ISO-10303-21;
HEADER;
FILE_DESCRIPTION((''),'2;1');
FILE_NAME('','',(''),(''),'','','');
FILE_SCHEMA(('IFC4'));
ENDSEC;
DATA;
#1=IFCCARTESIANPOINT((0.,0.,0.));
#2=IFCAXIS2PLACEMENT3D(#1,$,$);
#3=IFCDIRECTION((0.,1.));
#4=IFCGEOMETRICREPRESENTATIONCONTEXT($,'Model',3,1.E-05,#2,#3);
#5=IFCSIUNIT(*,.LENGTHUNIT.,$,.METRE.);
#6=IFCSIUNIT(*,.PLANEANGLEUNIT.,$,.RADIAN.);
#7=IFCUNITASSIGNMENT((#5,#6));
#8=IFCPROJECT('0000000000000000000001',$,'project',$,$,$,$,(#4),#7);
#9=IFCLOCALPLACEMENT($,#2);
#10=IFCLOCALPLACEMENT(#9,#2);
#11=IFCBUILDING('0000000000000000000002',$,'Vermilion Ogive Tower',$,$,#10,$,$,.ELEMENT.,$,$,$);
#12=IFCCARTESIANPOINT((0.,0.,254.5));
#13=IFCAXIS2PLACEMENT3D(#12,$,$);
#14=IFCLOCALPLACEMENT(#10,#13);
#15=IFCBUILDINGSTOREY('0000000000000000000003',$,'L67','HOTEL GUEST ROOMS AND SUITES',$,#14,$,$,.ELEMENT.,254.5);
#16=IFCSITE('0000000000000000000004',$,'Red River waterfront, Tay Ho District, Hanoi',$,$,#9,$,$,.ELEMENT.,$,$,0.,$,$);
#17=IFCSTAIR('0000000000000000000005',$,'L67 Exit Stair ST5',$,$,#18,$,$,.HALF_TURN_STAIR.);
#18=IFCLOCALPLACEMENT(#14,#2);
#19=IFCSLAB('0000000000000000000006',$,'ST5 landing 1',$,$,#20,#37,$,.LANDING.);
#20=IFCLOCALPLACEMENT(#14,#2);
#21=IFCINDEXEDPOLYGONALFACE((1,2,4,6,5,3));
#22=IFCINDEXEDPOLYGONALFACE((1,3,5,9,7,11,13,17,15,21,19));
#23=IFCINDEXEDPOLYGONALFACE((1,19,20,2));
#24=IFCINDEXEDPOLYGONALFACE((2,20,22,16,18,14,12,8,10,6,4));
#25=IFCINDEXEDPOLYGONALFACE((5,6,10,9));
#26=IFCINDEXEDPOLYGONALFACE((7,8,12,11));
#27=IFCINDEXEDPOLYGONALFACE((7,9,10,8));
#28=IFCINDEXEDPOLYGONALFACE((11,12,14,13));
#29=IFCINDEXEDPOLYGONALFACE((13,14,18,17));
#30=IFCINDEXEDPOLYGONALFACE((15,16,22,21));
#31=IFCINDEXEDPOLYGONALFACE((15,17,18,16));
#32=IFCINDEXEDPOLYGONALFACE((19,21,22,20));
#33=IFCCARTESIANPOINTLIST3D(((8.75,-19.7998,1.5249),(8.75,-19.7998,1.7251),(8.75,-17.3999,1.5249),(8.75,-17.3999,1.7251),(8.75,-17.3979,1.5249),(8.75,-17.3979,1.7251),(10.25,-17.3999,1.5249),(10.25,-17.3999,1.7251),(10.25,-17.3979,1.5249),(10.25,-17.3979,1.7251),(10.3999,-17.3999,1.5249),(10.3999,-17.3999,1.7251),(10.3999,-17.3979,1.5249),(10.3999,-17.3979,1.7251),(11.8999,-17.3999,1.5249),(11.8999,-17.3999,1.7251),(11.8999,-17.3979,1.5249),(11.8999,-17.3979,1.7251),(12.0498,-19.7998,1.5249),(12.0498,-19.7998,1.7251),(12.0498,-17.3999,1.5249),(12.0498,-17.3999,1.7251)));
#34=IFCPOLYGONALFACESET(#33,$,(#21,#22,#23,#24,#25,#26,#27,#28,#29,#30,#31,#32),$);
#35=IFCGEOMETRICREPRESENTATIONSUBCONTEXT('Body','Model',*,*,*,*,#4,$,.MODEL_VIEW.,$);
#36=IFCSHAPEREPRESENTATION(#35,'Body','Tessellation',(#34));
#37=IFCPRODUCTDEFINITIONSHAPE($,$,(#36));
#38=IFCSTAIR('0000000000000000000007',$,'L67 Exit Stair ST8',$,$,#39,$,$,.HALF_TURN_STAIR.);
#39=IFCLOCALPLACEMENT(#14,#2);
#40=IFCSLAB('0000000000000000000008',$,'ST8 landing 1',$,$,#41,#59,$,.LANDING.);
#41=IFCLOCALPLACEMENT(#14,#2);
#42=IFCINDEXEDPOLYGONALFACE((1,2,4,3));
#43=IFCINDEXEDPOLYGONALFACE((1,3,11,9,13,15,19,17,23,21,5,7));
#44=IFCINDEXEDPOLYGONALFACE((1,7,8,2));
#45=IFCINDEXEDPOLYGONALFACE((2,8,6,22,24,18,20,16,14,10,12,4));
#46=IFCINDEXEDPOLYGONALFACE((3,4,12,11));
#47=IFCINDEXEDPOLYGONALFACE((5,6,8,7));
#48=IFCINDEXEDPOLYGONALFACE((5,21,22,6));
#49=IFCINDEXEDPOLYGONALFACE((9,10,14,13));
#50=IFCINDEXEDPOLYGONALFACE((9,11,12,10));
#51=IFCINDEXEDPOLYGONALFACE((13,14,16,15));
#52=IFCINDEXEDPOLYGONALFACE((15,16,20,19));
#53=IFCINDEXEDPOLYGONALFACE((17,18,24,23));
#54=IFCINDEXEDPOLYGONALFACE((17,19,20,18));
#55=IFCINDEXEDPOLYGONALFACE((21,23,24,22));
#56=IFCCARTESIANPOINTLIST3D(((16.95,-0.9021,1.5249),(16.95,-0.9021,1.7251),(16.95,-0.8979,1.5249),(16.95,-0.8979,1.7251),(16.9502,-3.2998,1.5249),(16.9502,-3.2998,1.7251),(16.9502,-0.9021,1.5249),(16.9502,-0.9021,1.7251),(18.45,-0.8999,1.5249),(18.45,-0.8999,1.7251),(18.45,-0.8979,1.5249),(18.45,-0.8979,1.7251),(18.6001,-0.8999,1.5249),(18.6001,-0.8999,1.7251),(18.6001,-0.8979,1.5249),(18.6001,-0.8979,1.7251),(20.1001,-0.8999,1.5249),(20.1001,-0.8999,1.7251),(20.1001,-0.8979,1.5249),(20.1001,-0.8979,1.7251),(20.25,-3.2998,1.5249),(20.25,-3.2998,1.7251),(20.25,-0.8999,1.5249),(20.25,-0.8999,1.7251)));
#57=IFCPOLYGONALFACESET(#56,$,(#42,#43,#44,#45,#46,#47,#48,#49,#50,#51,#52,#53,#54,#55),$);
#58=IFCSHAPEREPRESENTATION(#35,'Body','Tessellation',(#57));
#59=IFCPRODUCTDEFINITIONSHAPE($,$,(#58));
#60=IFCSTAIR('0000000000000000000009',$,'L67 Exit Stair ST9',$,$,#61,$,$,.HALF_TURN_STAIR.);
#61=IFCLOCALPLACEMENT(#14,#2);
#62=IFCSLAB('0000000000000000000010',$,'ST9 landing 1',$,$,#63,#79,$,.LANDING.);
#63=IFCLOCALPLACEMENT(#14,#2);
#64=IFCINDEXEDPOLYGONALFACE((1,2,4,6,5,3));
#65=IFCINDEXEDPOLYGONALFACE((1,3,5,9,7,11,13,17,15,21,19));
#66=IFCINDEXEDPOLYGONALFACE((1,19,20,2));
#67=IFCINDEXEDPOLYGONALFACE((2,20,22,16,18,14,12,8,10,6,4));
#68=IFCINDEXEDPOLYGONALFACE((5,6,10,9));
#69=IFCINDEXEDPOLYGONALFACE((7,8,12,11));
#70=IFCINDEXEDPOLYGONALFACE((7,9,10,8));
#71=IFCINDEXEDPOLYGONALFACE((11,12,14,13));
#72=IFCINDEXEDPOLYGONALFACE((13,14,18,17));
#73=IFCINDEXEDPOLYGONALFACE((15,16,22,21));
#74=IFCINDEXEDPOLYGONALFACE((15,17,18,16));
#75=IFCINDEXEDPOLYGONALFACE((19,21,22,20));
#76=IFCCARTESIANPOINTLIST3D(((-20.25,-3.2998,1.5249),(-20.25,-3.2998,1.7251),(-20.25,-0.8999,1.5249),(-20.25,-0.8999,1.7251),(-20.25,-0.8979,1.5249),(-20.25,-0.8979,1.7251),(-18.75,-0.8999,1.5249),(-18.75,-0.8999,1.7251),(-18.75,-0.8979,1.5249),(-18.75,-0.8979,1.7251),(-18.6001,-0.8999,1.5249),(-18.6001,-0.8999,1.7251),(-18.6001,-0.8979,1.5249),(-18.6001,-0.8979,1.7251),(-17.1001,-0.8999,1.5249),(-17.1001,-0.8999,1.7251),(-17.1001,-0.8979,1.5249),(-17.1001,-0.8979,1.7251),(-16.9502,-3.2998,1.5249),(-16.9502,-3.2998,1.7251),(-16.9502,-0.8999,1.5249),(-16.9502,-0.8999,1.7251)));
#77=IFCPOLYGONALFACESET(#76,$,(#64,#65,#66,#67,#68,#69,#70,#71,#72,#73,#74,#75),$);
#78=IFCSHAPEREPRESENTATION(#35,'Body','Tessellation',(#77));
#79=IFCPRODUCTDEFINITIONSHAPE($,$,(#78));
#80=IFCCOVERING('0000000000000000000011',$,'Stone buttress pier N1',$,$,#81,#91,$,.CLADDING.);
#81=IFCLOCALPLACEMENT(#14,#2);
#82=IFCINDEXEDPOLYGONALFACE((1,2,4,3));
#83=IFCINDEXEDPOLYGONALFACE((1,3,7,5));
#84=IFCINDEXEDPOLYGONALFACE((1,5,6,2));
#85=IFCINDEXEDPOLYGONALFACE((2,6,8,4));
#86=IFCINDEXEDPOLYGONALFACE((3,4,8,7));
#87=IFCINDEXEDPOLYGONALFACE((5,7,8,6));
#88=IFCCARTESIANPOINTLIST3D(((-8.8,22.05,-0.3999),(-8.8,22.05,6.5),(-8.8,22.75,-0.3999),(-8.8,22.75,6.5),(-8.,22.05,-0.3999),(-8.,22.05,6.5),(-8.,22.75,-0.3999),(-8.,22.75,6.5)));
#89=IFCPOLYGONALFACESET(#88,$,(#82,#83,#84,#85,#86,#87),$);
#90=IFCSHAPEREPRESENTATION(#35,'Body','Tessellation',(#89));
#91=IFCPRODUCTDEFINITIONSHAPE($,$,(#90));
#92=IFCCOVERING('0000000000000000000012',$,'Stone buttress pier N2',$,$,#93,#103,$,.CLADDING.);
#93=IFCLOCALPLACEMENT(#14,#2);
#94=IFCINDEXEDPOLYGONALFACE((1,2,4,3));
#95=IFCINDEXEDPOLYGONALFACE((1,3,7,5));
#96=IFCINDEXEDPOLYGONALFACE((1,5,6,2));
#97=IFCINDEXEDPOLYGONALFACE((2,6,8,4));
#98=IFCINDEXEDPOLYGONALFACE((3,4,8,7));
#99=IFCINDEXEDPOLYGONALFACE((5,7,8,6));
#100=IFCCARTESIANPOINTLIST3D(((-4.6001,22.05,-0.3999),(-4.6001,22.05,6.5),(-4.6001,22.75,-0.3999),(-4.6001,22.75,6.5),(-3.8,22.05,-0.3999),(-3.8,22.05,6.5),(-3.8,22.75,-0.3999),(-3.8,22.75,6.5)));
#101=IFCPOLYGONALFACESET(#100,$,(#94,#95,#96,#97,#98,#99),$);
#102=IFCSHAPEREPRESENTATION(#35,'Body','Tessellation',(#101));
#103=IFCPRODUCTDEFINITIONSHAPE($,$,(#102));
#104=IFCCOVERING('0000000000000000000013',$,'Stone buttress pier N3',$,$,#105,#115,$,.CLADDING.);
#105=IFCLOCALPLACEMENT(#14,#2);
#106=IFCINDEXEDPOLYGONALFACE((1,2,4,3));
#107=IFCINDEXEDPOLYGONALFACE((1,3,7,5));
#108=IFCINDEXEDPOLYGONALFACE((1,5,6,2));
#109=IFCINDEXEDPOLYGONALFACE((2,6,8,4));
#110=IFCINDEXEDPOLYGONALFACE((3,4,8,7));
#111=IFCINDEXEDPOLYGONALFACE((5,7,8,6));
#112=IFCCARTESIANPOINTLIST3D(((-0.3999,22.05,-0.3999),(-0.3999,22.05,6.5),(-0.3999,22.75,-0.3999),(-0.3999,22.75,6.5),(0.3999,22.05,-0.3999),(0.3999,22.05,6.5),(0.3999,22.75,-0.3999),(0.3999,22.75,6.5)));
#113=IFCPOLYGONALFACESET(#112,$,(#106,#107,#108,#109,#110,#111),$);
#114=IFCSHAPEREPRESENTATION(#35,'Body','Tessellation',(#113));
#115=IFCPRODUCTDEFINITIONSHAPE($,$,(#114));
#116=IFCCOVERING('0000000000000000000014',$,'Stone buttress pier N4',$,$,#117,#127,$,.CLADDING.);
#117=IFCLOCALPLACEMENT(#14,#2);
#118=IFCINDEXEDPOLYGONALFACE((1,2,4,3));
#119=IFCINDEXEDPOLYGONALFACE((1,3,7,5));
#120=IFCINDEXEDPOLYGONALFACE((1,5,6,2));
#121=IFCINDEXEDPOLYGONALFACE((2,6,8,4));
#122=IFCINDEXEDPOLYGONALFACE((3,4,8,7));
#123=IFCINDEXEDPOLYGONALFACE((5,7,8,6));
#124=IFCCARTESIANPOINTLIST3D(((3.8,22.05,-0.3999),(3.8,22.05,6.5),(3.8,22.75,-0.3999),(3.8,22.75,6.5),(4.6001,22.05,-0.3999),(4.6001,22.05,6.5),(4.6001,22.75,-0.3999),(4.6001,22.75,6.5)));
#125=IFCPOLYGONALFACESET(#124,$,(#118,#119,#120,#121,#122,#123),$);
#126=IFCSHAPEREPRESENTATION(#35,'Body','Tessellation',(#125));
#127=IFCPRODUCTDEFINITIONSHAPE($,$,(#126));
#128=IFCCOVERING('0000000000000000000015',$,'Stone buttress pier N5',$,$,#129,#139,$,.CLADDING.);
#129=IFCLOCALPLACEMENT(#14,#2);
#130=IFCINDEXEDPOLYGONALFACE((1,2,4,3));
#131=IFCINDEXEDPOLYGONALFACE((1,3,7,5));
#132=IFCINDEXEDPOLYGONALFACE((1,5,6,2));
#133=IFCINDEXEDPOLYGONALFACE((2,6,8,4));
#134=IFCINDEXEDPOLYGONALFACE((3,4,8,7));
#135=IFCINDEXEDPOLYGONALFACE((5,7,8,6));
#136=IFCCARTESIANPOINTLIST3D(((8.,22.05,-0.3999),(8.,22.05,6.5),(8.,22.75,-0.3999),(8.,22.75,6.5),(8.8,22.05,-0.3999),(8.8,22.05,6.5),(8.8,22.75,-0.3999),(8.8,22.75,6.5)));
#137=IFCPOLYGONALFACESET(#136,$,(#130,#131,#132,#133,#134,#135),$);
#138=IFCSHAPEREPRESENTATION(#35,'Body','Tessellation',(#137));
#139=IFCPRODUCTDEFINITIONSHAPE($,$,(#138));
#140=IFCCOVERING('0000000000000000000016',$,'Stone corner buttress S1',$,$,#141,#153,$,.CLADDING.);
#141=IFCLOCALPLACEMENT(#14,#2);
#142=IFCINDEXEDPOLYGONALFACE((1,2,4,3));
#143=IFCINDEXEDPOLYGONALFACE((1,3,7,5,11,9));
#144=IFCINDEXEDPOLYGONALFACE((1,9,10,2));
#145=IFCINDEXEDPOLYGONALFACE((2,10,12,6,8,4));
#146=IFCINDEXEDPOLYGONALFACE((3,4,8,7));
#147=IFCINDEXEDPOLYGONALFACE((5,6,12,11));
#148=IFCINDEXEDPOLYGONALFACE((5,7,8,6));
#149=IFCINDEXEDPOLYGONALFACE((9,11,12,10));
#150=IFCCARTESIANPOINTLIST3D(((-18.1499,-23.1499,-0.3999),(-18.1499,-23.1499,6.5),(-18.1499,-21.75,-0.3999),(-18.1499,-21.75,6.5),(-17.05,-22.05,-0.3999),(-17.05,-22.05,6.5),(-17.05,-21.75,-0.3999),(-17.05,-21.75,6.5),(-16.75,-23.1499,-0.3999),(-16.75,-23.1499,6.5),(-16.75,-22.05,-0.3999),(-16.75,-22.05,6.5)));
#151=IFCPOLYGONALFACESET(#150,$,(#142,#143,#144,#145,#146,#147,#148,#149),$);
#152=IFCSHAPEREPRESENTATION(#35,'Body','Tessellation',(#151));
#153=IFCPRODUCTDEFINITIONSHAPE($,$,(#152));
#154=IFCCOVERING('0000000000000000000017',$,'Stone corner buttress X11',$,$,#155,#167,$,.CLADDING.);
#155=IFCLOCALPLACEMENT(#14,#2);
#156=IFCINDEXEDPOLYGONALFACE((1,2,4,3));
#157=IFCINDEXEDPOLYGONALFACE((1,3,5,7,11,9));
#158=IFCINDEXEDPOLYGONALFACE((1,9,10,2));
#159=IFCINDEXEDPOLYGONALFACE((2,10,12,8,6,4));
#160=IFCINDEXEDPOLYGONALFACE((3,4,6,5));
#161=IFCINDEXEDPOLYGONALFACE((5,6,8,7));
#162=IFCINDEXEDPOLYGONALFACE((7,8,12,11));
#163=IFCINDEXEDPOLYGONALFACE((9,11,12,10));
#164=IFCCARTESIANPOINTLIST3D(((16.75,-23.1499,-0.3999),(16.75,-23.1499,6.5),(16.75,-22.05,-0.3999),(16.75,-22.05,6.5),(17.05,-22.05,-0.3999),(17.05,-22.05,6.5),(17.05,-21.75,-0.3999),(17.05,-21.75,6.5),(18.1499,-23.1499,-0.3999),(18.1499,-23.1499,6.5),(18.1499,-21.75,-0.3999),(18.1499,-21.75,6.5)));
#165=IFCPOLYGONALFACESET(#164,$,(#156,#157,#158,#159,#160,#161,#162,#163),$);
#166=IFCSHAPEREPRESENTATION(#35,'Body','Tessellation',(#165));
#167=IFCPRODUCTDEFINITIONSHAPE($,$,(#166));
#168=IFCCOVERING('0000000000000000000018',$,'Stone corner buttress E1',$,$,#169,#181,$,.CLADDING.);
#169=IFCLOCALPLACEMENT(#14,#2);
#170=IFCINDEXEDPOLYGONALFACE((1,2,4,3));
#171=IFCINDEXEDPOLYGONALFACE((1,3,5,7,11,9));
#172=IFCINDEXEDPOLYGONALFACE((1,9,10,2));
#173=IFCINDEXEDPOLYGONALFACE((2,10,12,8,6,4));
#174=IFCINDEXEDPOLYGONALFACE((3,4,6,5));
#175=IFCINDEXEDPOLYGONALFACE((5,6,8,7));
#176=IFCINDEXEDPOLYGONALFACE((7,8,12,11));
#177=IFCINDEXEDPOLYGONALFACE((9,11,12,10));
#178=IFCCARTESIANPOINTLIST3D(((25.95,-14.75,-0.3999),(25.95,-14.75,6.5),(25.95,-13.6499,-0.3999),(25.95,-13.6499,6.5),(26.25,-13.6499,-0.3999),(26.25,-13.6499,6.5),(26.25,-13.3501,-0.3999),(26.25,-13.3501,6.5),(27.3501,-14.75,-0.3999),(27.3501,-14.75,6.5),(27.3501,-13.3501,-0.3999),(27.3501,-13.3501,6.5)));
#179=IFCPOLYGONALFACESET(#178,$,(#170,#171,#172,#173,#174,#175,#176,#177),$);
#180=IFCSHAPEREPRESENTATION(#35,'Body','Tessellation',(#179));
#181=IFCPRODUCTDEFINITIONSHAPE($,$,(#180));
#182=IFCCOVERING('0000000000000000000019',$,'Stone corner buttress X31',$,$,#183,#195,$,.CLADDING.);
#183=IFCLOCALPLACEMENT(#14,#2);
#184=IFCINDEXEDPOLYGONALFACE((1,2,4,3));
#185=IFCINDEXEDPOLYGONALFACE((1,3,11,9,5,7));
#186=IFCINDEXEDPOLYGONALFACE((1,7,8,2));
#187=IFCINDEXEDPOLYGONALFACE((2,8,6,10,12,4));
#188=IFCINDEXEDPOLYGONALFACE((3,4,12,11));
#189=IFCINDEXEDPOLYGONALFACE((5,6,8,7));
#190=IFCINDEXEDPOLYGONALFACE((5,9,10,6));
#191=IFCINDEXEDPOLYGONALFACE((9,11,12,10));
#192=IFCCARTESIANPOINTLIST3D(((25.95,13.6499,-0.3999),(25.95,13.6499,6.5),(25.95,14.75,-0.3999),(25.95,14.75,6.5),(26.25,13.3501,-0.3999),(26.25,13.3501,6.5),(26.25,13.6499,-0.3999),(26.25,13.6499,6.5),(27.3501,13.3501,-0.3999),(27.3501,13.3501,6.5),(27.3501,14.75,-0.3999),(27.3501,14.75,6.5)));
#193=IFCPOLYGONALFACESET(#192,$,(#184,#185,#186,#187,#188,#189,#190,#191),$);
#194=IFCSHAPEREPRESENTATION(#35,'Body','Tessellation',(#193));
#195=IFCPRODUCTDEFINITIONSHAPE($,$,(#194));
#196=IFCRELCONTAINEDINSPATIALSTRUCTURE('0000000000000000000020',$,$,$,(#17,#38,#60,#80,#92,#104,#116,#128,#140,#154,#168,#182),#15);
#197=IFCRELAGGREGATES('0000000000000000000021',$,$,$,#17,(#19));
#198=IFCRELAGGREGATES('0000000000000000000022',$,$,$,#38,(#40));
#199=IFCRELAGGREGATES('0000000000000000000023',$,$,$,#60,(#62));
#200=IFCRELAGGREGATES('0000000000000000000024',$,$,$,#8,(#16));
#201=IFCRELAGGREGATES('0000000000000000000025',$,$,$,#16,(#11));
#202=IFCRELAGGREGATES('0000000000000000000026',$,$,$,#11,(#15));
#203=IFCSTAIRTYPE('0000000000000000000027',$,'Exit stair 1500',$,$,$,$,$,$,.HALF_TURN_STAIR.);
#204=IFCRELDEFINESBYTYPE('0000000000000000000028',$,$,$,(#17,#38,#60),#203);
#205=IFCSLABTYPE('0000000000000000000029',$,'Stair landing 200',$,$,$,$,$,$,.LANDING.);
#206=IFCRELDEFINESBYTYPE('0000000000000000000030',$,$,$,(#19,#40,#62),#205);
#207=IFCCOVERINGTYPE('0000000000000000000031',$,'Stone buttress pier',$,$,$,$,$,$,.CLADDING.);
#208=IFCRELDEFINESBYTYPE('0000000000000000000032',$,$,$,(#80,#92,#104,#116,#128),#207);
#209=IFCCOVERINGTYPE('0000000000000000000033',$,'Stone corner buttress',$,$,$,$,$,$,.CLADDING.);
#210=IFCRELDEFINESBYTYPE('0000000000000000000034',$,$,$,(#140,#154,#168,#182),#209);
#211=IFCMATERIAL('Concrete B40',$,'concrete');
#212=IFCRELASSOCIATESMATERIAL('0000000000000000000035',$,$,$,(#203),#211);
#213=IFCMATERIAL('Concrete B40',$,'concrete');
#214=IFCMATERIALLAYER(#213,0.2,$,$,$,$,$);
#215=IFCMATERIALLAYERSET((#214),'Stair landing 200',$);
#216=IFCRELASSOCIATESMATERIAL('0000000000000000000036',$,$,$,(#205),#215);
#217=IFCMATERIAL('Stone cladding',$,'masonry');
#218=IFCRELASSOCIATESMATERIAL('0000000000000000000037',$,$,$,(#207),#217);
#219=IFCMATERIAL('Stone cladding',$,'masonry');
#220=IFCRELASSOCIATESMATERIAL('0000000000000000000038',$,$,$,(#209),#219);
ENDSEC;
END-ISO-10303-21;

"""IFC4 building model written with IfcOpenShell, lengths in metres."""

from ifc_helpers import new_model, si_unit, direction, frame, origin, place, context, subcontext, project, spatial, polyline, outline, extrude, material, layer, layer_set, type_object, element, aggregate, save


model = new_model("IFC4")

# Units and contexts
model_context = context("Model", 3, precision=1e-05, world=origin(), true_north=direction((0.0, 1.0)))
body_context = subcontext(model_context, "Body", "Model", "MODEL_VIEW")
ifc_project = project(units=[si_unit("LENGTHUNIT", "METRE"), si_unit("PLANEANGLEUNIT", "RADIAN")], contexts=[model_context])

# Site, building, storey
site_placement = place(None, origin())
site = spatial("IfcSite", under=ifc_project, at=site_placement, Name="Red River waterfront, Tay Ho District, Hanoi", CompositionType="ELEMENT", RefElevation=0.0)
building_placement = place(site_placement, origin())
building = spatial("IfcBuilding", under=site, at=building_placement, Name="Vermilion Ogive Tower", CompositionType="ELEMENT")
storey_placement = place(building_placement, frame((0.0, 0.0, 254.5)))
storey = spatial("IfcBuildingStorey", under=building, at=storey_placement, Name="L67", Description="HOTEL GUEST ROOMS AND SUITES", CompositionType="ELEMENT", Elevation=254.5)

# Stairs, slabs
ifc_material_1 = material(Name="Concrete B40", Category="concrete")
stair_type = type_object("IfcStairType", Name="Exit stair 1500", PredefinedType="HALF_TURN_STAIR", material=ifc_material_1)
ifc_material_2 = material(Name="Concrete B40", Category="concrete")
ifc_layer_1 = layer(ifc_material_2, 0.2)
ifc_layer_set_1 = layer_set([ifc_layer_1], Name="Stair landing 200")
slab_type_1 = type_object("IfcSlabType", Name="Stair landing 200", PredefinedType="LANDING", material=ifc_layer_set_1)
stair_1_placement = place(storey_placement, origin())
stair_1 = element("IfcStair", 1, at=stair_1_placement, inside=storey, type_object=stair_type, Name="L67 Exit Stair ST5", PredefinedType="HALF_TURN_STAIR")
slab_1_placement = place(storey_placement, frame((0.0, 0.0, 1.5249)))
slab_1 = element("IfcSlab", 2, at=slab_1_placement, type_object=slab_type_1, Name="ST5 landing 1", PredefinedType="LANDING", context=body_context, shape_type="SweptSolid", body=[
    extrude(outline(polyline([(12.0498, -17.3999), (11.8999, -17.3999), (11.8999, -17.3979), (10.3999, -17.3979), (10.3999, -17.3999), (10.25, -17.3999), (10.25, -17.3979), (8.75, -17.3979), (8.75, -17.3999), (8.75, -17.3999), (8.75, -19.7998), (12.0498, -19.7998), (12.0498, -17.3999)])), origin(), (0.0, 0.0, 1.0), 0.2002),
])
aggregate(stair_1, [slab_1])
stair_2_placement = place(storey_placement, origin())
stair_2 = element("IfcStair", 3, at=stair_2_placement, inside=storey, type_object=stair_type, Name="L67 Exit Stair ST8", PredefinedType="HALF_TURN_STAIR")
slab_2_placement = place(storey_placement, frame((0.0, 0.0, 1.5249)))
slab_2 = element("IfcSlab", 4, at=slab_2_placement, type_object=slab_type_1, Name="ST8 landing 1", PredefinedType="LANDING", context=body_context, shape_type="SweptSolid", body=[
    extrude(outline(polyline([(20.25, -0.8999), (20.1001, -0.8999), (20.1001, -0.8979), (18.6001, -0.8979), (18.6001, -0.8999), (18.45, -0.8999), (18.45, -0.8979), (16.95, -0.8979), (16.95, -0.9021), (16.9502, -0.9021), (16.9502, -3.2998), (20.25, -3.2998), (20.25, -0.8999)])), origin(), (0.0, 0.0, 1.0), 0.2002),
])
aggregate(stair_2, [slab_2])
stair_3_placement = place(storey_placement, origin())
stair_3 = element("IfcStair", 5, at=stair_3_placement, inside=storey, type_object=stair_type, Name="L67 Exit Stair ST9", PredefinedType="HALF_TURN_STAIR")
slab_3_placement = place(storey_placement, frame((0.0, 0.0, 1.5249)))
slab_3 = element("IfcSlab", 6, at=slab_3_placement, type_object=slab_type_1, Name="ST9 landing 1", PredefinedType="LANDING", context=body_context, shape_type="SweptSolid", body=[
    extrude(outline(polyline([(-16.9502, -0.8999), (-17.1001, -0.8999), (-17.1001, -0.8979), (-18.6001, -0.8979), (-18.6001, -0.8999), (-18.75, -0.8999), (-18.75, -0.8979), (-20.25, -0.8979), (-20.25, -0.8999), (-20.25, -0.8999), (-20.25, -3.2998), (-16.9502, -3.2998), (-16.9502, -0.8999)])), origin(), (0.0, 0.0, 1.0), 0.2002),
])
aggregate(stair_3, [slab_3])

# Coverings
ifc_material_3 = material(Name="Stone cladding", Category="masonry")
covering_type_1 = type_object("IfcCoveringType", Name="Stone buttress pier", PredefinedType="CLADDING", material=ifc_material_3)
covering_1_placement = place(storey_placement, frame((0.0, 0.0, -0.3999)))
element("IfcCovering", 7, at=covering_1_placement, inside=storey, type_object=covering_type_1, Name="Stone buttress pier N1", PredefinedType="CLADDING", context=body_context, shape_type="SweptSolid", body=[
    extrude(outline(polyline([(-8.0, 22.75), (-8.0, 22.05), (-8.8, 22.05), (-8.8, 22.75), (-8.0, 22.75)])), origin(), (0.0, 0.0, 1.0), 6.8999),
])
covering_2_placement = place(storey_placement, frame((0.0, 0.0, -0.3999)))
element("IfcCovering", 8, at=covering_2_placement, inside=storey, type_object=covering_type_1, Name="Stone buttress pier N2", PredefinedType="CLADDING", context=body_context, shape_type="SweptSolid", body=[
    extrude(outline(polyline([(-3.8, 22.75), (-3.8, 22.05), (-4.6001, 22.05), (-4.6001, 22.75), (-3.8, 22.75)])), origin(), (0.0, 0.0, 1.0), 6.8999),
])
covering_3_placement = place(storey_placement, frame((0.0, 0.0, -0.3999)))
element("IfcCovering", 9, at=covering_3_placement, inside=storey, type_object=covering_type_1, Name="Stone buttress pier N3", PredefinedType="CLADDING", context=body_context, shape_type="SweptSolid", body=[
    extrude(outline(polyline([(0.3999, 22.75), (0.3999, 22.05), (-0.3999, 22.05), (-0.3999, 22.75), (0.3999, 22.75)])), origin(), (0.0, 0.0, 1.0), 6.8999),
])
covering_4_placement = place(storey_placement, frame((0.0, 0.0, -0.3999)))
element("IfcCovering", 10, at=covering_4_placement, inside=storey, type_object=covering_type_1, Name="Stone buttress pier N4", PredefinedType="CLADDING", context=body_context, shape_type="SweptSolid", body=[
    extrude(outline(polyline([(4.6001, 22.75), (4.6001, 22.05), (3.8, 22.05), (3.8, 22.75), (4.6001, 22.75)])), origin(), (0.0, 0.0, 1.0), 6.8999),
])
covering_5_placement = place(storey_placement, frame((0.0, 0.0, -0.3999)))
element("IfcCovering", 11, at=covering_5_placement, inside=storey, type_object=covering_type_1, Name="Stone buttress pier N5", PredefinedType="CLADDING", context=body_context, shape_type="SweptSolid", body=[
    extrude(outline(polyline([(8.8, 22.75), (8.8, 22.05), (8.0, 22.05), (8.0, 22.75), (8.8, 22.75)])), origin(), (0.0, 0.0, 1.0), 6.8999),
])
ifc_material_4 = material(Name="Stone cladding", Category="masonry")
covering_type_2 = type_object("IfcCoveringType", Name="Stone corner buttress", PredefinedType="CLADDING", material=ifc_material_4)
covering_6_placement = place(storey_placement, frame((0.0, 0.0, -0.3999)))
element("IfcCovering", 12, at=covering_6_placement, inside=storey, type_object=covering_type_2, Name="Stone corner buttress S1", PredefinedType="CLADDING", context=body_context, shape_type="SweptSolid", body=[
    extrude(outline(polyline([(-17.05, -21.75), (-17.05, -22.05), (-16.75, -22.05), (-16.75, -23.1499), (-18.1499, -23.1499), (-18.1499, -21.75), (-17.05, -21.75)])), origin(), (0.0, 0.0, 1.0), 6.8999),
])
covering_7_placement = place(storey_placement, frame((0.0, 0.0, -0.3999)))
element("IfcCovering", 13, at=covering_7_placement, inside=storey, type_object=covering_type_2, Name="Stone corner buttress X11", PredefinedType="CLADDING", context=body_context, shape_type="SweptSolid", body=[
    extrude(outline(polyline([(16.75, -23.1499), (16.75, -22.05), (17.05, -22.05), (17.05, -21.75), (18.1499, -21.75), (18.1499, -23.1499), (16.75, -23.1499)])), origin(), (0.0, 0.0, 1.0), 6.8999),
])
covering_8_placement = place(storey_placement, frame((0.0, 0.0, -0.3999)))
element("IfcCovering", 14, at=covering_8_placement, inside=storey, type_object=covering_type_2, Name="Stone corner buttress E1", PredefinedType="CLADDING", context=body_context, shape_type="SweptSolid", body=[
    extrude(outline(polyline([(26.25, -13.6499), (26.25, -13.3501), (27.3501, -13.3501), (27.3501, -14.75), (25.95, -14.75), (25.95, -13.6499), (26.25, -13.6499)])), origin(), (0.0, 0.0, 1.0), 6.8999),
])
covering_9_placement = place(storey_placement, frame((0.0, 0.0, -0.3999)))
element("IfcCovering", 15, at=covering_9_placement, inside=storey, type_object=covering_type_2, Name="Stone corner buttress X31", PredefinedType="CLADDING", context=body_context, shape_type="SweptSolid", body=[
    extrude(outline(polyline([(26.25, 13.3501), (26.25, 13.6499), (25.95, 13.6499), (25.95, 14.75), (27.3501, 14.75), (27.3501, 13.3501), (26.25, 13.3501)])), origin(), (0.0, 0.0, 1.0), 6.8999),
])

save(model, "model.ifc")
